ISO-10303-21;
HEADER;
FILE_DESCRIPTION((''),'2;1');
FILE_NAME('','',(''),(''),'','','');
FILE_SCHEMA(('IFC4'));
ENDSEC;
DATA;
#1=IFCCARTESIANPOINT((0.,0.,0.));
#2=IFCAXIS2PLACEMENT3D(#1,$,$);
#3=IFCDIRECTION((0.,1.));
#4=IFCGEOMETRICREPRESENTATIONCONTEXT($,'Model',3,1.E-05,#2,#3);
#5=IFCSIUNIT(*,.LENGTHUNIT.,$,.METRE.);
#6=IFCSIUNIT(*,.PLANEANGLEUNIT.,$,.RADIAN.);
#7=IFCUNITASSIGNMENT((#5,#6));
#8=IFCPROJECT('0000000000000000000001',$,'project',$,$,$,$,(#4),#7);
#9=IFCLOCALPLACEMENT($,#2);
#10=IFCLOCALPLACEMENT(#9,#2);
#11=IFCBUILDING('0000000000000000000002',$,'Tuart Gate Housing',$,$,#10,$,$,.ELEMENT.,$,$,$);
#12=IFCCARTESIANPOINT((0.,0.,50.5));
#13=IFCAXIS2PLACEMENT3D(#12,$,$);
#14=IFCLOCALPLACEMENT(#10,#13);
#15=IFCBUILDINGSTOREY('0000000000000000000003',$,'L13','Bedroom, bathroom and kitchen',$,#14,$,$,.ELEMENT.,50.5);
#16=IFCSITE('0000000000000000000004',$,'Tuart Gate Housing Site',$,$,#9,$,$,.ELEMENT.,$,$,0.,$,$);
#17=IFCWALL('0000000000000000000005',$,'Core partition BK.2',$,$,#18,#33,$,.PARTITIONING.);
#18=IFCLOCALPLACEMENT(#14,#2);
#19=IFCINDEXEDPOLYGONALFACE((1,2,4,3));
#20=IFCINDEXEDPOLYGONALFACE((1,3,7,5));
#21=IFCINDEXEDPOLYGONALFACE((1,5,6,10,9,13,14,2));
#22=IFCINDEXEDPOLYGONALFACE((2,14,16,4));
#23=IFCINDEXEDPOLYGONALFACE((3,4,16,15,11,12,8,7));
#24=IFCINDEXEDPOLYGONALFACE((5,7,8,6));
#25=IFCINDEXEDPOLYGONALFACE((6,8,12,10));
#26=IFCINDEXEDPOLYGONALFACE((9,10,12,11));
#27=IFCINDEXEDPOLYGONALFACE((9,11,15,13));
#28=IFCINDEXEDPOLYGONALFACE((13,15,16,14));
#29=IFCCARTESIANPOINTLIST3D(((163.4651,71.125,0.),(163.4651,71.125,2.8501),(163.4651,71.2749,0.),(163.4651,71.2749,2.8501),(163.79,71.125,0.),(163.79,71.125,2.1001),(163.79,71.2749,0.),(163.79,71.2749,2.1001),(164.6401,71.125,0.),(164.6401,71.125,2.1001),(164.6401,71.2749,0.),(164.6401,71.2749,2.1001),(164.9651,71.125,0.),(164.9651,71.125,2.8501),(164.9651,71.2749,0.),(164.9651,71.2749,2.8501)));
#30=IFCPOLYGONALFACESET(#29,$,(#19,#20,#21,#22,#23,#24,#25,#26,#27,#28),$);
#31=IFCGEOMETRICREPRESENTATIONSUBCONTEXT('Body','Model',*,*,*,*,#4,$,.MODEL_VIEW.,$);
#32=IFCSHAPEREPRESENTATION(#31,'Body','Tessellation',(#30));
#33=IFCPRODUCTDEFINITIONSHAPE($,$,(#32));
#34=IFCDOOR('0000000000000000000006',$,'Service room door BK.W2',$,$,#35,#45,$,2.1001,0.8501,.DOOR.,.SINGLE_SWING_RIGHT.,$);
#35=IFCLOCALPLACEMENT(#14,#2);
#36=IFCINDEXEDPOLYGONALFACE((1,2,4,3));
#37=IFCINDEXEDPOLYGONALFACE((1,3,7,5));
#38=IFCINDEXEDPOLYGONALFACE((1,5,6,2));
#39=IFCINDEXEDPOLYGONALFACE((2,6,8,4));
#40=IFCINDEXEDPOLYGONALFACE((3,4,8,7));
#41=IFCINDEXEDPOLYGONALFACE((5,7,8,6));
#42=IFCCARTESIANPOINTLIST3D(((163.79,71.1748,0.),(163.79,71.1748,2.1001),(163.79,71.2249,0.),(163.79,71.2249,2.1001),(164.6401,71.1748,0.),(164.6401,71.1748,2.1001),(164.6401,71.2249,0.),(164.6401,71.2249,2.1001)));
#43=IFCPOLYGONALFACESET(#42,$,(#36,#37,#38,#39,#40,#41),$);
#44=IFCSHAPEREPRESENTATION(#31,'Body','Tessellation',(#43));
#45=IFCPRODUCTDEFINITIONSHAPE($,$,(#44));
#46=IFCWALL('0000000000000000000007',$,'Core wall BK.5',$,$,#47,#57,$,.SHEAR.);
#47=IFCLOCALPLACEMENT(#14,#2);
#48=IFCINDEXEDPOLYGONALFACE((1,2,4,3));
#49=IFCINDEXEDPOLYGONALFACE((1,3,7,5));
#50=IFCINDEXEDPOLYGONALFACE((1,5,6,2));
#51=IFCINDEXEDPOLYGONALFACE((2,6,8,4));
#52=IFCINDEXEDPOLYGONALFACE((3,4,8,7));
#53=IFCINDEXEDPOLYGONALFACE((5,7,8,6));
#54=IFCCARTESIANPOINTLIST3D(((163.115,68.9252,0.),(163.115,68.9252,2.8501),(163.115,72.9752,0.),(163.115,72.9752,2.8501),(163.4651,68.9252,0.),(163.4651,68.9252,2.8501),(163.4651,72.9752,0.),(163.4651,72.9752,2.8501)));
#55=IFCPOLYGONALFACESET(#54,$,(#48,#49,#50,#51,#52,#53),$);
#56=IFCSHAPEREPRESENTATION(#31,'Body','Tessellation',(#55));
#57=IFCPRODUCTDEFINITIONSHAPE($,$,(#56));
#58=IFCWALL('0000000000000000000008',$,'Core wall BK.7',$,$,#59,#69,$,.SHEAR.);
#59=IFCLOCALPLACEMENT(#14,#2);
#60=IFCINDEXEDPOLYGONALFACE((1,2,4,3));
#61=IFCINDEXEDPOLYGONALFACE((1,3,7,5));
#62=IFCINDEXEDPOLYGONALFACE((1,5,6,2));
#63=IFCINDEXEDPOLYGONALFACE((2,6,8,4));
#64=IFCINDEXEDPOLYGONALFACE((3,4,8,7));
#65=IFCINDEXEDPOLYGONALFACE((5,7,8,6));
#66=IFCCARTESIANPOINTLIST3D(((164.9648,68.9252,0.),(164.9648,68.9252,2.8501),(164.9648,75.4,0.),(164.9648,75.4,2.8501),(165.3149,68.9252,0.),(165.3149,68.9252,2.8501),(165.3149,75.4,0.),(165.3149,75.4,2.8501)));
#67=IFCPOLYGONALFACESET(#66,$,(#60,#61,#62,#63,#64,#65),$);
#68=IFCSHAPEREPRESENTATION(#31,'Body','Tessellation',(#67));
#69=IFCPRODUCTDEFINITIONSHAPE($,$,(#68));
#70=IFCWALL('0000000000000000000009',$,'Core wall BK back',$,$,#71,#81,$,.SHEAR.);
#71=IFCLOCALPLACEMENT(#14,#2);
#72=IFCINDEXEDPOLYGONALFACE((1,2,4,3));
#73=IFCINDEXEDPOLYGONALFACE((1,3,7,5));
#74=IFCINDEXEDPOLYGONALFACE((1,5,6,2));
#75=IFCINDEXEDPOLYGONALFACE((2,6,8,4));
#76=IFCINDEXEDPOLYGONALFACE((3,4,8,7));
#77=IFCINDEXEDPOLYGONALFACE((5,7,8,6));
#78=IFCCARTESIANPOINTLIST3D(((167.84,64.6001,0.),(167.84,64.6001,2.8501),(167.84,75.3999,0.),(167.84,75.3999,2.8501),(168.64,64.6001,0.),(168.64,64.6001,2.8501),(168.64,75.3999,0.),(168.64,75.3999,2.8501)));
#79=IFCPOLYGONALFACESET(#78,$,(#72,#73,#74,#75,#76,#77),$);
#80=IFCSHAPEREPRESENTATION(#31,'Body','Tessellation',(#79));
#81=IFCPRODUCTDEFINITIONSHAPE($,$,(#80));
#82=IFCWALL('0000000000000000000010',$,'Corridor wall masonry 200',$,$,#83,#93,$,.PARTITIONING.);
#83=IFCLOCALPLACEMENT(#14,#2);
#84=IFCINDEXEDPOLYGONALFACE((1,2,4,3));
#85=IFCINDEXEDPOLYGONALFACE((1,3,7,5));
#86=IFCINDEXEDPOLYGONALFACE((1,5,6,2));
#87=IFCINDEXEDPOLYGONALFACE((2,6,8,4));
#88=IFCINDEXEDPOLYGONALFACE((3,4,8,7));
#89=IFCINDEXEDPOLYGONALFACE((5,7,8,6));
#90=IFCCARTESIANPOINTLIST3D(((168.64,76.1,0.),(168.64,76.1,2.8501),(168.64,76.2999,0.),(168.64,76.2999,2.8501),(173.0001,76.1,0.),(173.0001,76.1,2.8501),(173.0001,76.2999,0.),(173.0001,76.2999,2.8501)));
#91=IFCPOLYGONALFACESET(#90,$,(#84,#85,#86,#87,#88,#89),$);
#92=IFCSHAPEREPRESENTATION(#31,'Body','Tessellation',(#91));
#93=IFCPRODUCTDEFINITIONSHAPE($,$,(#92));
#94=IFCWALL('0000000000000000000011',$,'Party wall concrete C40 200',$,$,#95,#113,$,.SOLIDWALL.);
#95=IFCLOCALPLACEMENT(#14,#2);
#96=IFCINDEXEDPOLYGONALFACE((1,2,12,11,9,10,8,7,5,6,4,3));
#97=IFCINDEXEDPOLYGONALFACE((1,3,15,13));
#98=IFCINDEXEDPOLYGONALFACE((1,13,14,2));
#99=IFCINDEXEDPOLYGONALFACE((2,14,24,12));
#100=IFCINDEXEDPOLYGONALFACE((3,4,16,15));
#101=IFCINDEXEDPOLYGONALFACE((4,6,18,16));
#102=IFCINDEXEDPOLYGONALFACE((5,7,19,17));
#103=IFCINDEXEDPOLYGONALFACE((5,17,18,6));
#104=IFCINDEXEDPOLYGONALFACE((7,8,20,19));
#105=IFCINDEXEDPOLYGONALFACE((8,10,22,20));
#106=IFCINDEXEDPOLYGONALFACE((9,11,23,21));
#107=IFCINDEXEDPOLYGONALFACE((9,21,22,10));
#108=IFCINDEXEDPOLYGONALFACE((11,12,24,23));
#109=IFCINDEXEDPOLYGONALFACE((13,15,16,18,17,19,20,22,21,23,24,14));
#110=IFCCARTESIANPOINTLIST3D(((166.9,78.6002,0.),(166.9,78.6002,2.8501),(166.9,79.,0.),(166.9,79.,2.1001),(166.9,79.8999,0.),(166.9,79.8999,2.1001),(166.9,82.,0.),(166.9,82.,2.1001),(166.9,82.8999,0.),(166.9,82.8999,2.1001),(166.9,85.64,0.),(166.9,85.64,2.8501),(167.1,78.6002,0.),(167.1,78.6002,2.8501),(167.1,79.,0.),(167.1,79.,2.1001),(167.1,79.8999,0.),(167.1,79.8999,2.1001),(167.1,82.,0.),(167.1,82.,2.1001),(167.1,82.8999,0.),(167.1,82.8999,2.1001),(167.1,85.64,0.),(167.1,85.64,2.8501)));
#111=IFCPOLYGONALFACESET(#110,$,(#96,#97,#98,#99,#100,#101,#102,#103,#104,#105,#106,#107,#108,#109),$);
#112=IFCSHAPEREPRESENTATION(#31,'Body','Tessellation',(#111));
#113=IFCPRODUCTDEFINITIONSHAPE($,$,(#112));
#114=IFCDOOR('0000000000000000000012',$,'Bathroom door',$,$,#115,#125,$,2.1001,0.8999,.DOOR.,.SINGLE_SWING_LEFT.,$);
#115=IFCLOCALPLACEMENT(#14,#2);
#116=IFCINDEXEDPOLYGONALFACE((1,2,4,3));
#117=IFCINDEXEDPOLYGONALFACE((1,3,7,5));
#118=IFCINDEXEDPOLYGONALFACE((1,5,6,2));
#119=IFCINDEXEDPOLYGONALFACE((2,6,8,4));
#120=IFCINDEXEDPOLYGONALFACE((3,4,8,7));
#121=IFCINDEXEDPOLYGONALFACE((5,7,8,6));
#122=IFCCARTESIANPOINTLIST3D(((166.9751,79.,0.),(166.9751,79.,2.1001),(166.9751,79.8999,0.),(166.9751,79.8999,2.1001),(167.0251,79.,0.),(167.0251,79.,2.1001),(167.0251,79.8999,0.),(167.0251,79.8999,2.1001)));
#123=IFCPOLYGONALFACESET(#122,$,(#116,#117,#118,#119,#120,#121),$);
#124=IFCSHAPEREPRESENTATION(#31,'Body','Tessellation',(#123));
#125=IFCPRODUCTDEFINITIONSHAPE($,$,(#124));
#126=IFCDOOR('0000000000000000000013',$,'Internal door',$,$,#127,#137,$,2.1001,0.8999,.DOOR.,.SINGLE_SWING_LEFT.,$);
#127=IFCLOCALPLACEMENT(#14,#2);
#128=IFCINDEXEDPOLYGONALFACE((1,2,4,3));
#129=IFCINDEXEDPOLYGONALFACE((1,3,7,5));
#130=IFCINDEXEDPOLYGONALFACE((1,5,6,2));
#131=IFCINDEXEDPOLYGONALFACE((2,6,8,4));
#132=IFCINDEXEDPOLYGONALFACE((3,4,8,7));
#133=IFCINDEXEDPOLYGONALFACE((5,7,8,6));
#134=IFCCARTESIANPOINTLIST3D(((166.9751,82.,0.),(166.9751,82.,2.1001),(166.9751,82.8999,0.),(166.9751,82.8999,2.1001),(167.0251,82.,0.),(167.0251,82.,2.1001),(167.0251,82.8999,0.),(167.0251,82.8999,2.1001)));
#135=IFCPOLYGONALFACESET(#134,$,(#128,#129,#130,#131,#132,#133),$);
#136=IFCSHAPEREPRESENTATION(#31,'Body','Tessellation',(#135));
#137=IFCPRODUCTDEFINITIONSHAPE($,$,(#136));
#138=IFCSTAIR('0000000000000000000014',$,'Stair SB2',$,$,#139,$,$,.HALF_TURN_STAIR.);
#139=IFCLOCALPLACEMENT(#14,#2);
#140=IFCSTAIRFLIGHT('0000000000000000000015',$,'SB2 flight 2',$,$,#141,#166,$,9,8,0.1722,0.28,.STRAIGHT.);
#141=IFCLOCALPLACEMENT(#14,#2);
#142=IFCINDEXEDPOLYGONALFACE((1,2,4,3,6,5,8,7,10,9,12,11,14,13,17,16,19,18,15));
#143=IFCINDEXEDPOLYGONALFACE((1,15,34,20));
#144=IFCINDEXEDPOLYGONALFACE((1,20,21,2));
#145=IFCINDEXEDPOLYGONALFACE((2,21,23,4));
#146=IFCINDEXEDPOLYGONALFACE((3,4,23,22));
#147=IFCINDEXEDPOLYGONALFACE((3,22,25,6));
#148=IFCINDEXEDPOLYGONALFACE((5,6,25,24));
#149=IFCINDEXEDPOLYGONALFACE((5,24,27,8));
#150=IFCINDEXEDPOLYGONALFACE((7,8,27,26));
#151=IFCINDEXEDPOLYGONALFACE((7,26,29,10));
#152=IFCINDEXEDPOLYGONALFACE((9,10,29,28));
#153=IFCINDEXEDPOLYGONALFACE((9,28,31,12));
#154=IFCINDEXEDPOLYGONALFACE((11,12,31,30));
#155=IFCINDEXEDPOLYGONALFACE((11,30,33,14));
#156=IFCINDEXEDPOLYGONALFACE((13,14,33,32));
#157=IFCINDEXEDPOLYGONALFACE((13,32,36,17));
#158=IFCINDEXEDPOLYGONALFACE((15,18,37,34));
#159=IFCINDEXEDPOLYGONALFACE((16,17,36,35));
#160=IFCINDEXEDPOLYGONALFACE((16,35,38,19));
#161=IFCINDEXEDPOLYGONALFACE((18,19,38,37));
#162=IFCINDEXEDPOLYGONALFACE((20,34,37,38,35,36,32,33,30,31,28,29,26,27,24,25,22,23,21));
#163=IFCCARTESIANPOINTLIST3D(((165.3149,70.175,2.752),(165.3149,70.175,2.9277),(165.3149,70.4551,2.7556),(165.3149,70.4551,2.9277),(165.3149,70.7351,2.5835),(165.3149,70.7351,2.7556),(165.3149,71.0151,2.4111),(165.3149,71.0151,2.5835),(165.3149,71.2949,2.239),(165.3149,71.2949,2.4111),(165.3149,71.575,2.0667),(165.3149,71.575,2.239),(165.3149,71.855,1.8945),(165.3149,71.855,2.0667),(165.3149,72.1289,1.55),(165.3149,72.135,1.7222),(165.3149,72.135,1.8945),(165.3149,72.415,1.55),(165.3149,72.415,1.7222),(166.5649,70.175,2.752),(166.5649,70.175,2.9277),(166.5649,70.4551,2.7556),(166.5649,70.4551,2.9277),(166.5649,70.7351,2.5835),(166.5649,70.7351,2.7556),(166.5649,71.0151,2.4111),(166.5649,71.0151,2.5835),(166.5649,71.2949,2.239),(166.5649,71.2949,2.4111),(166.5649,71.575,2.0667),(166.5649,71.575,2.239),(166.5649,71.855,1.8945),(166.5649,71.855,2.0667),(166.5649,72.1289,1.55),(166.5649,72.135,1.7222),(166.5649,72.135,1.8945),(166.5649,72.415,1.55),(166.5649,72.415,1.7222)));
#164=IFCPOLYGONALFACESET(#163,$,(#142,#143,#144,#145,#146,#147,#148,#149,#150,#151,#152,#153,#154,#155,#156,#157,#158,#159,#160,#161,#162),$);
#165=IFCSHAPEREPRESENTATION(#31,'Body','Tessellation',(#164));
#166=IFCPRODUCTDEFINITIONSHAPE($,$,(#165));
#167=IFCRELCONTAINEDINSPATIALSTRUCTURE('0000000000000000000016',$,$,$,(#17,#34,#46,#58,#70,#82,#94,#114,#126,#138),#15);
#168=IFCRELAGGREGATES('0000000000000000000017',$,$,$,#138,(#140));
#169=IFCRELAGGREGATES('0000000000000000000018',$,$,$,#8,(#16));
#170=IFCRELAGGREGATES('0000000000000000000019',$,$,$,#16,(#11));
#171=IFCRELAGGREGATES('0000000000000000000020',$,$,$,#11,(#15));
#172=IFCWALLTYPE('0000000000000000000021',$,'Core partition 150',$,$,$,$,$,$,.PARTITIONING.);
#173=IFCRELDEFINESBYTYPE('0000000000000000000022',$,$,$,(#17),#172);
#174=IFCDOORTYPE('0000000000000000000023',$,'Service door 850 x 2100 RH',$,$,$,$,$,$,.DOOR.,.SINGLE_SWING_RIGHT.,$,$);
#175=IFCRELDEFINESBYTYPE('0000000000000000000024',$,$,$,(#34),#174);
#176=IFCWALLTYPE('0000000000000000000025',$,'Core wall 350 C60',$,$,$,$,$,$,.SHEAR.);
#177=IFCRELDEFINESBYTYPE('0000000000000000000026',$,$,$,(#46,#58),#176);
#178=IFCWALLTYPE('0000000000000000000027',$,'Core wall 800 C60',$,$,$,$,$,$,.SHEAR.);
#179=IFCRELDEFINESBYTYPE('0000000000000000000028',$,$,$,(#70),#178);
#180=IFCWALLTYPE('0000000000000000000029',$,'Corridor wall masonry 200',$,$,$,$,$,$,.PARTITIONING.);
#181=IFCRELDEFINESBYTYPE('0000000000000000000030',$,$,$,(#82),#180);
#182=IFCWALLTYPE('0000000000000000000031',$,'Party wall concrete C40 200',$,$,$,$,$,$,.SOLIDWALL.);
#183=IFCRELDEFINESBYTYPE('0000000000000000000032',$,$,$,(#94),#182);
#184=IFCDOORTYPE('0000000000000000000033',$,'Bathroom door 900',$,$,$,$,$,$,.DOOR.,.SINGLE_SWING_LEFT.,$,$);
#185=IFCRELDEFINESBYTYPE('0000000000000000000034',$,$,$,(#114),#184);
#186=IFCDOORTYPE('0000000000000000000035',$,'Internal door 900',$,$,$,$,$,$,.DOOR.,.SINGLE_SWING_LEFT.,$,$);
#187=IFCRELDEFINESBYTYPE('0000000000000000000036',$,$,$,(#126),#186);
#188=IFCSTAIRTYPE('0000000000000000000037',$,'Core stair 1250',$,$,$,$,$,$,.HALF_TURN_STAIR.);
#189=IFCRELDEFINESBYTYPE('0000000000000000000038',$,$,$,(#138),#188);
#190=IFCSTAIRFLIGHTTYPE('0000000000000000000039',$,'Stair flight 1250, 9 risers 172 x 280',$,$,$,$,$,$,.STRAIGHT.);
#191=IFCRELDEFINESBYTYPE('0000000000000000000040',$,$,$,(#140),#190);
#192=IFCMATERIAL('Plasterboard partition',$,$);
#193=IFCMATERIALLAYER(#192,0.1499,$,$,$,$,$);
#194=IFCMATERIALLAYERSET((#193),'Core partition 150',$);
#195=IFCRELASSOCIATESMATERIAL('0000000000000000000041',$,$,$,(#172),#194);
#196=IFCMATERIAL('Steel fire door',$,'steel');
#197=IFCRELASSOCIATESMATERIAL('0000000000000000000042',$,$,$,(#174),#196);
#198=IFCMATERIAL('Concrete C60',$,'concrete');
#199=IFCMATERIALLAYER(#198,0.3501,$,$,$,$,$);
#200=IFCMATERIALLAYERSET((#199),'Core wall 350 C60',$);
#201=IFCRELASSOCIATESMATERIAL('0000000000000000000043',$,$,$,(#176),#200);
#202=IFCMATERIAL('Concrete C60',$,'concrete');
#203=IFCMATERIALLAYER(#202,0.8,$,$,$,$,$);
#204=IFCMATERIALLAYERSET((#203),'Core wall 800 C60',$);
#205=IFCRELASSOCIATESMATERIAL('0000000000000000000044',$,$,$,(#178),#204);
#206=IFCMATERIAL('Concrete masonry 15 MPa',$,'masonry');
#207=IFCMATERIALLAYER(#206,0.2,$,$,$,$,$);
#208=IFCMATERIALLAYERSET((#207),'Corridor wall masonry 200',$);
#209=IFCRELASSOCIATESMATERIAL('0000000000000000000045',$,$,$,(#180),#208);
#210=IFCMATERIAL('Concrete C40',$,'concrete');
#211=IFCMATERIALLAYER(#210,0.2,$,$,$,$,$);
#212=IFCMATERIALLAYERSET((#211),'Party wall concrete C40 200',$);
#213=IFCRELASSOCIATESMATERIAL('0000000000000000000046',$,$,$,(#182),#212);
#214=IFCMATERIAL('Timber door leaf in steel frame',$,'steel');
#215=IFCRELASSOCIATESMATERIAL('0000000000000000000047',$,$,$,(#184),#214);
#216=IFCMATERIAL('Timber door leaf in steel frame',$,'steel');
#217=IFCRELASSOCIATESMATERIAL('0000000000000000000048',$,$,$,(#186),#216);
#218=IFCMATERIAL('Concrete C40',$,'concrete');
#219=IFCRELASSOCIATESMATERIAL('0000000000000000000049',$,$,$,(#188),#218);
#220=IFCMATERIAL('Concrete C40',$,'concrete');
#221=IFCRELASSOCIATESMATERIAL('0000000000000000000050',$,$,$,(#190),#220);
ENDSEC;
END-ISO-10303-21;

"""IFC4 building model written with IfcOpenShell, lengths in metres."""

from ifc_helpers import new_model, si_unit, direction, frame, frame_2d, origin, place, context, subcontext, project, spatial, polyline, rectangle, outline, extrude, material, layer, layer_set, type_object, element, fill, aggregate, save


model = new_model("IFC4")

# Units and contexts
model_context = context("Model", 3, precision=1e-05, world=origin(), true_north=direction((0.0, 1.0)))
body_context = subcontext(model_context, "Body", "Model", "MODEL_VIEW")
ifc_project = project(units=[si_unit("LENGTHUNIT", "METRE"), si_unit("PLANEANGLEUNIT", "RADIAN")], contexts=[model_context])

# Site, building, storey
site_placement = place(None, origin())
site = spatial("IfcSite", under=ifc_project, at=site_placement, Name="Tuart Gate Housing Site", CompositionType="ELEMENT", RefElevation=0.0)
building_placement = place(site_placement, origin())
building = spatial("IfcBuilding", under=site, at=building_placement, Name="Tuart Gate Housing", CompositionType="ELEMENT")
storey_placement = place(building_placement, frame((0.0, 0.0, 50.5)))
storey = spatial("IfcBuildingStorey", under=building, at=storey_placement, Name="L13", Description="Bedroom, bathroom and kitchen", CompositionType="ELEMENT", Elevation=50.5)

# Wall, opening, door
ifc_material_1 = material(Name="Plasterboard partition")
ifc_layer_1 = layer(ifc_material_1, 0.1499)
ifc_layer_set_1 = layer_set([ifc_layer_1], Name="Core partition 150")
wall_type_1 = type_object("IfcWallType", Name="Core partition 150", PredefinedType="PARTITIONING", material=ifc_layer_set_1)
wall_1_placement = place(storey_placement, frame((163.4651, 71.2, 0.0), z_axis=(0.0, 0.0, 1.0), x_axis=(1.0, 0.0, 0.0)))
wall_1 = element("IfcWall", 1, at=wall_1_placement, inside=storey, type_object=wall_type_1, Name="Core partition BK.2", PredefinedType="PARTITIONING", context=body_context, shape_type="SweptSolid", body=[
    extrude(rectangle(XDim=1.5, YDim=0.1499, at=frame_2d((0.75, 0.0))), origin(), (0.0, 0.0, 1.0), 2.8501),
])
opening_1_placement = place(wall_1_placement, frame((0.325, 0.0, 0.0)))
opening_1 = element("IfcOpeningElement", 2, at=opening_1_placement, cuts=wall_1, PredefinedType="OPENING", context=body_context, shape_type="SweptSolid", body=[
    extrude(rectangle(XDim=0.8501, YDim=2.1001, at=frame_2d((0.425, 1.05))), frame((0.0, 0.085, 0.0), z_axis=(0.0, -1.0, 0.0), x_axis=(1.0, 0.0, 0.0)), (0.0, 0.0, 1.0), 0.1699),
])
ifc_material_2 = material(Name="Steel fire door", Category="steel")
door_type_1 = type_object("IfcDoorType", Name="Service door 850 x 2100 RH", OperationType="SINGLE_SWING_RIGHT", PredefinedType="DOOR", material=ifc_material_2)
door_1_placement = place(opening_1_placement, frame((0.8501, 0.0, 0.0), z_axis=(0.0, 0.0, 1.0), x_axis=(-1.0, 0.0, 0.0)))
door_1 = element("IfcDoor", 3, at=door_1_placement, inside=storey, type_object=door_type_1, Name="Service room door BK.W2", OperationType="SINGLE_SWING_RIGHT", OverallHeight=2.1001, OverallWidth=0.8501, PredefinedType="DOOR", context=body_context, shape_type="SweptSolid", body=[
    extrude(rectangle(XDim=0.8501, YDim=2.1001, at=frame_2d((0.425, 1.05))), frame((0.0, 0.0251, 0.0), z_axis=(0.0, -1.0, 0.0), x_axis=(1.0, 0.0, 0.0)), (0.0, 0.0, 1.0), 0.05),
])
fill(opening_1, door_1)

# Walls
ifc_material_3 = material(Name="Concrete C60", Category="concrete")
ifc_layer_2 = layer(ifc_material_3, 0.3501)
ifc_layer_set_2 = layer_set([ifc_layer_2], Name="Core wall 350 C60")
wall_type_2 = type_object("IfcWallType", Name="Core wall 350 C60", PredefinedType="SHEAR", material=ifc_layer_set_2)
wall_2_placement = place(storey_placement, frame((163.29, 72.9751, 0.0), z_axis=(0.0, 0.0, 1.0), x_axis=(0.0, -1.0, 0.0)))
element("IfcWall", 4, at=wall_2_placement, inside=storey, type_object=wall_type_2, Name="Core wall BK.5", PredefinedType="SHEAR", context=body_context, shape_type="SweptSolid", body=[
    extrude(rectangle(XDim=4.05, YDim=0.3501, at=frame_2d((2.0249, 0.0))), origin(), (0.0, 0.0, 1.0), 2.8501),
])
wall_3_placement = place(storey_placement, frame((165.1399, 75.3999, 0.0), z_axis=(0.0, 0.0, 1.0), x_axis=(0.0, -1.0, 0.0)))
element("IfcWall", 5, at=wall_3_placement, inside=storey, type_object=wall_type_2, Name="Core wall BK.7", PredefinedType="SHEAR", context=body_context, shape_type="SweptSolid", body=[
    extrude(rectangle(XDim=6.4749, YDim=0.3501, at=frame_2d((3.2373, 0.0))), origin(), (0.0, 0.0, 1.0), 2.8501),
])
ifc_material_4 = material(Name="Concrete C60", Category="concrete")
ifc_layer_3 = layer(ifc_material_4, 0.8)
ifc_layer_set_3 = layer_set([ifc_layer_3], Name="Core wall 800 C60")
wall_type_3 = type_object("IfcWallType", Name="Core wall 800 C60", PredefinedType="SHEAR", material=ifc_layer_set_3)
wall_4_placement = place(storey_placement, frame((168.24, 75.3999, 0.0), z_axis=(0.0, 0.0, 1.0), x_axis=(0.0, -1.0, 0.0)))
element("IfcWall", 6, at=wall_4_placement, inside=storey, type_object=wall_type_3, Name="Core wall BK back", PredefinedType="SHEAR", context=body_context, shape_type="SweptSolid", body=[
    extrude(rectangle(XDim=10.7998, YDim=0.8, at=frame_2d((5.3999, 0.0))), origin(), (0.0, 0.0, 1.0), 2.8501),
])
ifc_material_5 = material(Name="Concrete masonry 15 MPa", Category="masonry")
ifc_layer_4 = layer(ifc_material_5, 0.2)
ifc_layer_set_4 = layer_set([ifc_layer_4], Name="Corridor wall masonry 200")
wall_type_4 = type_object("IfcWallType", Name="Corridor wall masonry 200", PredefinedType="PARTITIONING", material=ifc_layer_set_4)
wall_5_placement = place(storey_placement, frame((168.6399, 76.2, 0.0), z_axis=(0.0, 0.0, 1.0), x_axis=(1.0, 0.0, 0.0)))
element("IfcWall", 7, at=wall_5_placement, inside=storey, type_object=wall_type_4, Name="Corridor wall masonry 200", PredefinedType="PARTITIONING", context=body_context, shape_type="SweptSolid", body=[
    extrude(rectangle(XDim=4.3601, YDim=0.2, at=frame_2d((2.1802, 0.0))), origin(), (0.0, 0.0, 1.0), 2.8501),
])

# Wall, openings, doors
ifc_material_6 = material(Name="Concrete C40", Category="concrete")
ifc_layer_5 = layer(ifc_material_6, 0.2)
ifc_layer_set_5 = layer_set([ifc_layer_5], Name="Party wall concrete C40 200")
wall_type_5 = type_object("IfcWallType", Name="Party wall concrete C40 200", PredefinedType="SOLIDWALL", material=ifc_layer_set_5)
wall_6_placement = place(storey_placement, frame((167.0, 78.6001, 0.0), z_axis=(0.0, 0.0, 1.0), x_axis=(0.0, 1.0, 0.0)))
wall_6 = element("IfcWall", 8, at=wall_6_placement, inside=storey, type_object=wall_type_5, Name="Party wall concrete C40 200", PredefinedType="SOLIDWALL", context=body_context, shape_type="SweptSolid", body=[
    extrude(rectangle(XDim=7.0398, YDim=0.2, at=frame_2d((3.52, 0.0))), origin(), (0.0, 0.0, 1.0), 2.8501),
])
opening_2_placement = place(wall_6_placement, frame((3.3999, 0.0, 0.0)))
opening_2 = element("IfcOpeningElement", 9, at=opening_2_placement, cuts=wall_6, PredefinedType="OPENING", context=body_context, shape_type="SweptSolid", body=[
    extrude(rectangle(XDim=0.8999, YDim=2.1001, at=frame_2d((0.45, 1.05))), frame((0.0, 0.1099, 0.0), z_axis=(0.0, -1.0, 0.0), x_axis=(1.0, 0.0, 0.0)), (0.0, 0.0, 1.0), 0.22),
])
opening_3_placement = place(wall_6_placement, frame((0.3999, 0.0, 0.0)))
opening_3 = element("IfcOpeningElement", 10, at=opening_3_placement, cuts=wall_6, PredefinedType="OPENING", context=body_context, shape_type="SweptSolid", body=[
    extrude(rectangle(XDim=0.8999, YDim=2.1001, at=frame_2d((0.45, 1.05))), frame((0.0, 0.1099, 0.0), z_axis=(0.0, -1.0, 0.0), x_axis=(1.0, 0.0, 0.0)), (0.0, 0.0, 1.0), 0.22),
])
ifc_material_7 = material(Name="Timber door leaf in steel frame", Category="steel")
door_type_2 = type_object("IfcDoorType", Name="Bathroom door 900", OperationType="SINGLE_SWING_LEFT", PredefinedType="DOOR", material=ifc_material_7)
door_2_placement = place(opening_3_placement, origin())
door_2 = element("IfcDoor", 11, at=door_2_placement, inside=storey, type_object=door_type_2, Name="Bathroom door", OperationType="SINGLE_SWING_LEFT", OverallHeight=2.1001, OverallWidth=0.8999, PredefinedType="DOOR", context=body_context, shape_type="SweptSolid", body=[
    extrude(rectangle(XDim=0.8999, YDim=2.1001, at=frame_2d((0.45, 1.05))), frame((0.0, 0.0249, 0.0), z_axis=(0.0, -1.0, 0.0), x_axis=(1.0, 0.0, 0.0)), (0.0, 0.0, 1.0), 0.05),
])
fill(opening_3, door_2)
ifc_material_8 = material(Name="Timber door leaf in steel frame", Category="steel")
door_type_3 = type_object("IfcDoorType", Name="Internal door 900", OperationType="SINGLE_SWING_LEFT", PredefinedType="DOOR", material=ifc_material_8)
door_3_placement = place(opening_2_placement, origin())
door_3 = element("IfcDoor", 12, at=door_3_placement, inside=storey, type_object=door_type_3, Name="Internal door", OperationType="SINGLE_SWING_LEFT", OverallHeight=2.1001, OverallWidth=0.8999, PredefinedType="DOOR", context=body_context, shape_type="SweptSolid", body=[
    extrude(rectangle(XDim=0.8999, YDim=2.1001, at=frame_2d((0.45, 1.05))), frame((0.0, 0.0249, 0.0), z_axis=(0.0, -1.0, 0.0), x_axis=(1.0, 0.0, 0.0)), (0.0, 0.0, 1.0), 0.05),
])
fill(opening_2, door_3)

# Stair, stair flight
ifc_material_9 = material(Name="Concrete C40", Category="concrete")
stair_type = type_object("IfcStairType", Name="Core stair 1250", PredefinedType="HALF_TURN_STAIR", material=ifc_material_9)
stair_placement = place(storey_placement, origin())
stair = element("IfcStair", 13, at=stair_placement, inside=storey, type_object=stair_type, Name="Stair SB2", PredefinedType="HALF_TURN_STAIR")
ifc_material_10 = material(Name="Concrete C40", Category="concrete")
stair_flight_type = type_object("IfcStairFlightType", Name="Stair flight 1250, 9 risers 172 x 280", PredefinedType="STRAIGHT", material=ifc_material_10)
stair_flight_placement = place(storey_placement, frame((165.9399, 72.415, 1.55), z_axis=(0.0, 0.0, 1.0), x_axis=(0.0, -1.0, 0.0)))
stair_flight = element("IfcStairFlight", 14, at=stair_flight_placement, type_object=stair_flight_type, Name="SB2 flight 2", NumberOfRisers=9, NumberOfTreads=8, PredefinedType="STRAIGHT", RiserHeight=0.1722, TreadLength=0.28, context=body_context, shape_type="SweptSolid", body=[
    extrude(outline(polyline([(0.0, 0.0), (0.0, 0.1721), (0.28, 0.1721), (0.28, 0.3445), (0.5601, 0.3445), (0.5601, 0.5166), (0.8401, 0.5166), (0.8401, 0.689), (1.1201, 0.689), (1.1201, 0.8611), (1.3999, 0.8611), (1.3999, 1.0334), (1.6799, 1.0334), (1.6799, 1.2056), (1.96, 1.2056), (1.96, 1.3777), (2.24, 1.3777), (2.24, 1.55), (2.24, 1.2019), (0.2861, 0.0), (0.0, 0.0)])), frame((0.0, 0.625, 0.0), z_axis=(0.0, -1.0, 0.0), x_axis=(1.0, 0.0, 0.0)), (0.0, 0.0, 1.0), 1.25),
])
aggregate(stair, [stair_flight])

save(model, "model.ifc")
